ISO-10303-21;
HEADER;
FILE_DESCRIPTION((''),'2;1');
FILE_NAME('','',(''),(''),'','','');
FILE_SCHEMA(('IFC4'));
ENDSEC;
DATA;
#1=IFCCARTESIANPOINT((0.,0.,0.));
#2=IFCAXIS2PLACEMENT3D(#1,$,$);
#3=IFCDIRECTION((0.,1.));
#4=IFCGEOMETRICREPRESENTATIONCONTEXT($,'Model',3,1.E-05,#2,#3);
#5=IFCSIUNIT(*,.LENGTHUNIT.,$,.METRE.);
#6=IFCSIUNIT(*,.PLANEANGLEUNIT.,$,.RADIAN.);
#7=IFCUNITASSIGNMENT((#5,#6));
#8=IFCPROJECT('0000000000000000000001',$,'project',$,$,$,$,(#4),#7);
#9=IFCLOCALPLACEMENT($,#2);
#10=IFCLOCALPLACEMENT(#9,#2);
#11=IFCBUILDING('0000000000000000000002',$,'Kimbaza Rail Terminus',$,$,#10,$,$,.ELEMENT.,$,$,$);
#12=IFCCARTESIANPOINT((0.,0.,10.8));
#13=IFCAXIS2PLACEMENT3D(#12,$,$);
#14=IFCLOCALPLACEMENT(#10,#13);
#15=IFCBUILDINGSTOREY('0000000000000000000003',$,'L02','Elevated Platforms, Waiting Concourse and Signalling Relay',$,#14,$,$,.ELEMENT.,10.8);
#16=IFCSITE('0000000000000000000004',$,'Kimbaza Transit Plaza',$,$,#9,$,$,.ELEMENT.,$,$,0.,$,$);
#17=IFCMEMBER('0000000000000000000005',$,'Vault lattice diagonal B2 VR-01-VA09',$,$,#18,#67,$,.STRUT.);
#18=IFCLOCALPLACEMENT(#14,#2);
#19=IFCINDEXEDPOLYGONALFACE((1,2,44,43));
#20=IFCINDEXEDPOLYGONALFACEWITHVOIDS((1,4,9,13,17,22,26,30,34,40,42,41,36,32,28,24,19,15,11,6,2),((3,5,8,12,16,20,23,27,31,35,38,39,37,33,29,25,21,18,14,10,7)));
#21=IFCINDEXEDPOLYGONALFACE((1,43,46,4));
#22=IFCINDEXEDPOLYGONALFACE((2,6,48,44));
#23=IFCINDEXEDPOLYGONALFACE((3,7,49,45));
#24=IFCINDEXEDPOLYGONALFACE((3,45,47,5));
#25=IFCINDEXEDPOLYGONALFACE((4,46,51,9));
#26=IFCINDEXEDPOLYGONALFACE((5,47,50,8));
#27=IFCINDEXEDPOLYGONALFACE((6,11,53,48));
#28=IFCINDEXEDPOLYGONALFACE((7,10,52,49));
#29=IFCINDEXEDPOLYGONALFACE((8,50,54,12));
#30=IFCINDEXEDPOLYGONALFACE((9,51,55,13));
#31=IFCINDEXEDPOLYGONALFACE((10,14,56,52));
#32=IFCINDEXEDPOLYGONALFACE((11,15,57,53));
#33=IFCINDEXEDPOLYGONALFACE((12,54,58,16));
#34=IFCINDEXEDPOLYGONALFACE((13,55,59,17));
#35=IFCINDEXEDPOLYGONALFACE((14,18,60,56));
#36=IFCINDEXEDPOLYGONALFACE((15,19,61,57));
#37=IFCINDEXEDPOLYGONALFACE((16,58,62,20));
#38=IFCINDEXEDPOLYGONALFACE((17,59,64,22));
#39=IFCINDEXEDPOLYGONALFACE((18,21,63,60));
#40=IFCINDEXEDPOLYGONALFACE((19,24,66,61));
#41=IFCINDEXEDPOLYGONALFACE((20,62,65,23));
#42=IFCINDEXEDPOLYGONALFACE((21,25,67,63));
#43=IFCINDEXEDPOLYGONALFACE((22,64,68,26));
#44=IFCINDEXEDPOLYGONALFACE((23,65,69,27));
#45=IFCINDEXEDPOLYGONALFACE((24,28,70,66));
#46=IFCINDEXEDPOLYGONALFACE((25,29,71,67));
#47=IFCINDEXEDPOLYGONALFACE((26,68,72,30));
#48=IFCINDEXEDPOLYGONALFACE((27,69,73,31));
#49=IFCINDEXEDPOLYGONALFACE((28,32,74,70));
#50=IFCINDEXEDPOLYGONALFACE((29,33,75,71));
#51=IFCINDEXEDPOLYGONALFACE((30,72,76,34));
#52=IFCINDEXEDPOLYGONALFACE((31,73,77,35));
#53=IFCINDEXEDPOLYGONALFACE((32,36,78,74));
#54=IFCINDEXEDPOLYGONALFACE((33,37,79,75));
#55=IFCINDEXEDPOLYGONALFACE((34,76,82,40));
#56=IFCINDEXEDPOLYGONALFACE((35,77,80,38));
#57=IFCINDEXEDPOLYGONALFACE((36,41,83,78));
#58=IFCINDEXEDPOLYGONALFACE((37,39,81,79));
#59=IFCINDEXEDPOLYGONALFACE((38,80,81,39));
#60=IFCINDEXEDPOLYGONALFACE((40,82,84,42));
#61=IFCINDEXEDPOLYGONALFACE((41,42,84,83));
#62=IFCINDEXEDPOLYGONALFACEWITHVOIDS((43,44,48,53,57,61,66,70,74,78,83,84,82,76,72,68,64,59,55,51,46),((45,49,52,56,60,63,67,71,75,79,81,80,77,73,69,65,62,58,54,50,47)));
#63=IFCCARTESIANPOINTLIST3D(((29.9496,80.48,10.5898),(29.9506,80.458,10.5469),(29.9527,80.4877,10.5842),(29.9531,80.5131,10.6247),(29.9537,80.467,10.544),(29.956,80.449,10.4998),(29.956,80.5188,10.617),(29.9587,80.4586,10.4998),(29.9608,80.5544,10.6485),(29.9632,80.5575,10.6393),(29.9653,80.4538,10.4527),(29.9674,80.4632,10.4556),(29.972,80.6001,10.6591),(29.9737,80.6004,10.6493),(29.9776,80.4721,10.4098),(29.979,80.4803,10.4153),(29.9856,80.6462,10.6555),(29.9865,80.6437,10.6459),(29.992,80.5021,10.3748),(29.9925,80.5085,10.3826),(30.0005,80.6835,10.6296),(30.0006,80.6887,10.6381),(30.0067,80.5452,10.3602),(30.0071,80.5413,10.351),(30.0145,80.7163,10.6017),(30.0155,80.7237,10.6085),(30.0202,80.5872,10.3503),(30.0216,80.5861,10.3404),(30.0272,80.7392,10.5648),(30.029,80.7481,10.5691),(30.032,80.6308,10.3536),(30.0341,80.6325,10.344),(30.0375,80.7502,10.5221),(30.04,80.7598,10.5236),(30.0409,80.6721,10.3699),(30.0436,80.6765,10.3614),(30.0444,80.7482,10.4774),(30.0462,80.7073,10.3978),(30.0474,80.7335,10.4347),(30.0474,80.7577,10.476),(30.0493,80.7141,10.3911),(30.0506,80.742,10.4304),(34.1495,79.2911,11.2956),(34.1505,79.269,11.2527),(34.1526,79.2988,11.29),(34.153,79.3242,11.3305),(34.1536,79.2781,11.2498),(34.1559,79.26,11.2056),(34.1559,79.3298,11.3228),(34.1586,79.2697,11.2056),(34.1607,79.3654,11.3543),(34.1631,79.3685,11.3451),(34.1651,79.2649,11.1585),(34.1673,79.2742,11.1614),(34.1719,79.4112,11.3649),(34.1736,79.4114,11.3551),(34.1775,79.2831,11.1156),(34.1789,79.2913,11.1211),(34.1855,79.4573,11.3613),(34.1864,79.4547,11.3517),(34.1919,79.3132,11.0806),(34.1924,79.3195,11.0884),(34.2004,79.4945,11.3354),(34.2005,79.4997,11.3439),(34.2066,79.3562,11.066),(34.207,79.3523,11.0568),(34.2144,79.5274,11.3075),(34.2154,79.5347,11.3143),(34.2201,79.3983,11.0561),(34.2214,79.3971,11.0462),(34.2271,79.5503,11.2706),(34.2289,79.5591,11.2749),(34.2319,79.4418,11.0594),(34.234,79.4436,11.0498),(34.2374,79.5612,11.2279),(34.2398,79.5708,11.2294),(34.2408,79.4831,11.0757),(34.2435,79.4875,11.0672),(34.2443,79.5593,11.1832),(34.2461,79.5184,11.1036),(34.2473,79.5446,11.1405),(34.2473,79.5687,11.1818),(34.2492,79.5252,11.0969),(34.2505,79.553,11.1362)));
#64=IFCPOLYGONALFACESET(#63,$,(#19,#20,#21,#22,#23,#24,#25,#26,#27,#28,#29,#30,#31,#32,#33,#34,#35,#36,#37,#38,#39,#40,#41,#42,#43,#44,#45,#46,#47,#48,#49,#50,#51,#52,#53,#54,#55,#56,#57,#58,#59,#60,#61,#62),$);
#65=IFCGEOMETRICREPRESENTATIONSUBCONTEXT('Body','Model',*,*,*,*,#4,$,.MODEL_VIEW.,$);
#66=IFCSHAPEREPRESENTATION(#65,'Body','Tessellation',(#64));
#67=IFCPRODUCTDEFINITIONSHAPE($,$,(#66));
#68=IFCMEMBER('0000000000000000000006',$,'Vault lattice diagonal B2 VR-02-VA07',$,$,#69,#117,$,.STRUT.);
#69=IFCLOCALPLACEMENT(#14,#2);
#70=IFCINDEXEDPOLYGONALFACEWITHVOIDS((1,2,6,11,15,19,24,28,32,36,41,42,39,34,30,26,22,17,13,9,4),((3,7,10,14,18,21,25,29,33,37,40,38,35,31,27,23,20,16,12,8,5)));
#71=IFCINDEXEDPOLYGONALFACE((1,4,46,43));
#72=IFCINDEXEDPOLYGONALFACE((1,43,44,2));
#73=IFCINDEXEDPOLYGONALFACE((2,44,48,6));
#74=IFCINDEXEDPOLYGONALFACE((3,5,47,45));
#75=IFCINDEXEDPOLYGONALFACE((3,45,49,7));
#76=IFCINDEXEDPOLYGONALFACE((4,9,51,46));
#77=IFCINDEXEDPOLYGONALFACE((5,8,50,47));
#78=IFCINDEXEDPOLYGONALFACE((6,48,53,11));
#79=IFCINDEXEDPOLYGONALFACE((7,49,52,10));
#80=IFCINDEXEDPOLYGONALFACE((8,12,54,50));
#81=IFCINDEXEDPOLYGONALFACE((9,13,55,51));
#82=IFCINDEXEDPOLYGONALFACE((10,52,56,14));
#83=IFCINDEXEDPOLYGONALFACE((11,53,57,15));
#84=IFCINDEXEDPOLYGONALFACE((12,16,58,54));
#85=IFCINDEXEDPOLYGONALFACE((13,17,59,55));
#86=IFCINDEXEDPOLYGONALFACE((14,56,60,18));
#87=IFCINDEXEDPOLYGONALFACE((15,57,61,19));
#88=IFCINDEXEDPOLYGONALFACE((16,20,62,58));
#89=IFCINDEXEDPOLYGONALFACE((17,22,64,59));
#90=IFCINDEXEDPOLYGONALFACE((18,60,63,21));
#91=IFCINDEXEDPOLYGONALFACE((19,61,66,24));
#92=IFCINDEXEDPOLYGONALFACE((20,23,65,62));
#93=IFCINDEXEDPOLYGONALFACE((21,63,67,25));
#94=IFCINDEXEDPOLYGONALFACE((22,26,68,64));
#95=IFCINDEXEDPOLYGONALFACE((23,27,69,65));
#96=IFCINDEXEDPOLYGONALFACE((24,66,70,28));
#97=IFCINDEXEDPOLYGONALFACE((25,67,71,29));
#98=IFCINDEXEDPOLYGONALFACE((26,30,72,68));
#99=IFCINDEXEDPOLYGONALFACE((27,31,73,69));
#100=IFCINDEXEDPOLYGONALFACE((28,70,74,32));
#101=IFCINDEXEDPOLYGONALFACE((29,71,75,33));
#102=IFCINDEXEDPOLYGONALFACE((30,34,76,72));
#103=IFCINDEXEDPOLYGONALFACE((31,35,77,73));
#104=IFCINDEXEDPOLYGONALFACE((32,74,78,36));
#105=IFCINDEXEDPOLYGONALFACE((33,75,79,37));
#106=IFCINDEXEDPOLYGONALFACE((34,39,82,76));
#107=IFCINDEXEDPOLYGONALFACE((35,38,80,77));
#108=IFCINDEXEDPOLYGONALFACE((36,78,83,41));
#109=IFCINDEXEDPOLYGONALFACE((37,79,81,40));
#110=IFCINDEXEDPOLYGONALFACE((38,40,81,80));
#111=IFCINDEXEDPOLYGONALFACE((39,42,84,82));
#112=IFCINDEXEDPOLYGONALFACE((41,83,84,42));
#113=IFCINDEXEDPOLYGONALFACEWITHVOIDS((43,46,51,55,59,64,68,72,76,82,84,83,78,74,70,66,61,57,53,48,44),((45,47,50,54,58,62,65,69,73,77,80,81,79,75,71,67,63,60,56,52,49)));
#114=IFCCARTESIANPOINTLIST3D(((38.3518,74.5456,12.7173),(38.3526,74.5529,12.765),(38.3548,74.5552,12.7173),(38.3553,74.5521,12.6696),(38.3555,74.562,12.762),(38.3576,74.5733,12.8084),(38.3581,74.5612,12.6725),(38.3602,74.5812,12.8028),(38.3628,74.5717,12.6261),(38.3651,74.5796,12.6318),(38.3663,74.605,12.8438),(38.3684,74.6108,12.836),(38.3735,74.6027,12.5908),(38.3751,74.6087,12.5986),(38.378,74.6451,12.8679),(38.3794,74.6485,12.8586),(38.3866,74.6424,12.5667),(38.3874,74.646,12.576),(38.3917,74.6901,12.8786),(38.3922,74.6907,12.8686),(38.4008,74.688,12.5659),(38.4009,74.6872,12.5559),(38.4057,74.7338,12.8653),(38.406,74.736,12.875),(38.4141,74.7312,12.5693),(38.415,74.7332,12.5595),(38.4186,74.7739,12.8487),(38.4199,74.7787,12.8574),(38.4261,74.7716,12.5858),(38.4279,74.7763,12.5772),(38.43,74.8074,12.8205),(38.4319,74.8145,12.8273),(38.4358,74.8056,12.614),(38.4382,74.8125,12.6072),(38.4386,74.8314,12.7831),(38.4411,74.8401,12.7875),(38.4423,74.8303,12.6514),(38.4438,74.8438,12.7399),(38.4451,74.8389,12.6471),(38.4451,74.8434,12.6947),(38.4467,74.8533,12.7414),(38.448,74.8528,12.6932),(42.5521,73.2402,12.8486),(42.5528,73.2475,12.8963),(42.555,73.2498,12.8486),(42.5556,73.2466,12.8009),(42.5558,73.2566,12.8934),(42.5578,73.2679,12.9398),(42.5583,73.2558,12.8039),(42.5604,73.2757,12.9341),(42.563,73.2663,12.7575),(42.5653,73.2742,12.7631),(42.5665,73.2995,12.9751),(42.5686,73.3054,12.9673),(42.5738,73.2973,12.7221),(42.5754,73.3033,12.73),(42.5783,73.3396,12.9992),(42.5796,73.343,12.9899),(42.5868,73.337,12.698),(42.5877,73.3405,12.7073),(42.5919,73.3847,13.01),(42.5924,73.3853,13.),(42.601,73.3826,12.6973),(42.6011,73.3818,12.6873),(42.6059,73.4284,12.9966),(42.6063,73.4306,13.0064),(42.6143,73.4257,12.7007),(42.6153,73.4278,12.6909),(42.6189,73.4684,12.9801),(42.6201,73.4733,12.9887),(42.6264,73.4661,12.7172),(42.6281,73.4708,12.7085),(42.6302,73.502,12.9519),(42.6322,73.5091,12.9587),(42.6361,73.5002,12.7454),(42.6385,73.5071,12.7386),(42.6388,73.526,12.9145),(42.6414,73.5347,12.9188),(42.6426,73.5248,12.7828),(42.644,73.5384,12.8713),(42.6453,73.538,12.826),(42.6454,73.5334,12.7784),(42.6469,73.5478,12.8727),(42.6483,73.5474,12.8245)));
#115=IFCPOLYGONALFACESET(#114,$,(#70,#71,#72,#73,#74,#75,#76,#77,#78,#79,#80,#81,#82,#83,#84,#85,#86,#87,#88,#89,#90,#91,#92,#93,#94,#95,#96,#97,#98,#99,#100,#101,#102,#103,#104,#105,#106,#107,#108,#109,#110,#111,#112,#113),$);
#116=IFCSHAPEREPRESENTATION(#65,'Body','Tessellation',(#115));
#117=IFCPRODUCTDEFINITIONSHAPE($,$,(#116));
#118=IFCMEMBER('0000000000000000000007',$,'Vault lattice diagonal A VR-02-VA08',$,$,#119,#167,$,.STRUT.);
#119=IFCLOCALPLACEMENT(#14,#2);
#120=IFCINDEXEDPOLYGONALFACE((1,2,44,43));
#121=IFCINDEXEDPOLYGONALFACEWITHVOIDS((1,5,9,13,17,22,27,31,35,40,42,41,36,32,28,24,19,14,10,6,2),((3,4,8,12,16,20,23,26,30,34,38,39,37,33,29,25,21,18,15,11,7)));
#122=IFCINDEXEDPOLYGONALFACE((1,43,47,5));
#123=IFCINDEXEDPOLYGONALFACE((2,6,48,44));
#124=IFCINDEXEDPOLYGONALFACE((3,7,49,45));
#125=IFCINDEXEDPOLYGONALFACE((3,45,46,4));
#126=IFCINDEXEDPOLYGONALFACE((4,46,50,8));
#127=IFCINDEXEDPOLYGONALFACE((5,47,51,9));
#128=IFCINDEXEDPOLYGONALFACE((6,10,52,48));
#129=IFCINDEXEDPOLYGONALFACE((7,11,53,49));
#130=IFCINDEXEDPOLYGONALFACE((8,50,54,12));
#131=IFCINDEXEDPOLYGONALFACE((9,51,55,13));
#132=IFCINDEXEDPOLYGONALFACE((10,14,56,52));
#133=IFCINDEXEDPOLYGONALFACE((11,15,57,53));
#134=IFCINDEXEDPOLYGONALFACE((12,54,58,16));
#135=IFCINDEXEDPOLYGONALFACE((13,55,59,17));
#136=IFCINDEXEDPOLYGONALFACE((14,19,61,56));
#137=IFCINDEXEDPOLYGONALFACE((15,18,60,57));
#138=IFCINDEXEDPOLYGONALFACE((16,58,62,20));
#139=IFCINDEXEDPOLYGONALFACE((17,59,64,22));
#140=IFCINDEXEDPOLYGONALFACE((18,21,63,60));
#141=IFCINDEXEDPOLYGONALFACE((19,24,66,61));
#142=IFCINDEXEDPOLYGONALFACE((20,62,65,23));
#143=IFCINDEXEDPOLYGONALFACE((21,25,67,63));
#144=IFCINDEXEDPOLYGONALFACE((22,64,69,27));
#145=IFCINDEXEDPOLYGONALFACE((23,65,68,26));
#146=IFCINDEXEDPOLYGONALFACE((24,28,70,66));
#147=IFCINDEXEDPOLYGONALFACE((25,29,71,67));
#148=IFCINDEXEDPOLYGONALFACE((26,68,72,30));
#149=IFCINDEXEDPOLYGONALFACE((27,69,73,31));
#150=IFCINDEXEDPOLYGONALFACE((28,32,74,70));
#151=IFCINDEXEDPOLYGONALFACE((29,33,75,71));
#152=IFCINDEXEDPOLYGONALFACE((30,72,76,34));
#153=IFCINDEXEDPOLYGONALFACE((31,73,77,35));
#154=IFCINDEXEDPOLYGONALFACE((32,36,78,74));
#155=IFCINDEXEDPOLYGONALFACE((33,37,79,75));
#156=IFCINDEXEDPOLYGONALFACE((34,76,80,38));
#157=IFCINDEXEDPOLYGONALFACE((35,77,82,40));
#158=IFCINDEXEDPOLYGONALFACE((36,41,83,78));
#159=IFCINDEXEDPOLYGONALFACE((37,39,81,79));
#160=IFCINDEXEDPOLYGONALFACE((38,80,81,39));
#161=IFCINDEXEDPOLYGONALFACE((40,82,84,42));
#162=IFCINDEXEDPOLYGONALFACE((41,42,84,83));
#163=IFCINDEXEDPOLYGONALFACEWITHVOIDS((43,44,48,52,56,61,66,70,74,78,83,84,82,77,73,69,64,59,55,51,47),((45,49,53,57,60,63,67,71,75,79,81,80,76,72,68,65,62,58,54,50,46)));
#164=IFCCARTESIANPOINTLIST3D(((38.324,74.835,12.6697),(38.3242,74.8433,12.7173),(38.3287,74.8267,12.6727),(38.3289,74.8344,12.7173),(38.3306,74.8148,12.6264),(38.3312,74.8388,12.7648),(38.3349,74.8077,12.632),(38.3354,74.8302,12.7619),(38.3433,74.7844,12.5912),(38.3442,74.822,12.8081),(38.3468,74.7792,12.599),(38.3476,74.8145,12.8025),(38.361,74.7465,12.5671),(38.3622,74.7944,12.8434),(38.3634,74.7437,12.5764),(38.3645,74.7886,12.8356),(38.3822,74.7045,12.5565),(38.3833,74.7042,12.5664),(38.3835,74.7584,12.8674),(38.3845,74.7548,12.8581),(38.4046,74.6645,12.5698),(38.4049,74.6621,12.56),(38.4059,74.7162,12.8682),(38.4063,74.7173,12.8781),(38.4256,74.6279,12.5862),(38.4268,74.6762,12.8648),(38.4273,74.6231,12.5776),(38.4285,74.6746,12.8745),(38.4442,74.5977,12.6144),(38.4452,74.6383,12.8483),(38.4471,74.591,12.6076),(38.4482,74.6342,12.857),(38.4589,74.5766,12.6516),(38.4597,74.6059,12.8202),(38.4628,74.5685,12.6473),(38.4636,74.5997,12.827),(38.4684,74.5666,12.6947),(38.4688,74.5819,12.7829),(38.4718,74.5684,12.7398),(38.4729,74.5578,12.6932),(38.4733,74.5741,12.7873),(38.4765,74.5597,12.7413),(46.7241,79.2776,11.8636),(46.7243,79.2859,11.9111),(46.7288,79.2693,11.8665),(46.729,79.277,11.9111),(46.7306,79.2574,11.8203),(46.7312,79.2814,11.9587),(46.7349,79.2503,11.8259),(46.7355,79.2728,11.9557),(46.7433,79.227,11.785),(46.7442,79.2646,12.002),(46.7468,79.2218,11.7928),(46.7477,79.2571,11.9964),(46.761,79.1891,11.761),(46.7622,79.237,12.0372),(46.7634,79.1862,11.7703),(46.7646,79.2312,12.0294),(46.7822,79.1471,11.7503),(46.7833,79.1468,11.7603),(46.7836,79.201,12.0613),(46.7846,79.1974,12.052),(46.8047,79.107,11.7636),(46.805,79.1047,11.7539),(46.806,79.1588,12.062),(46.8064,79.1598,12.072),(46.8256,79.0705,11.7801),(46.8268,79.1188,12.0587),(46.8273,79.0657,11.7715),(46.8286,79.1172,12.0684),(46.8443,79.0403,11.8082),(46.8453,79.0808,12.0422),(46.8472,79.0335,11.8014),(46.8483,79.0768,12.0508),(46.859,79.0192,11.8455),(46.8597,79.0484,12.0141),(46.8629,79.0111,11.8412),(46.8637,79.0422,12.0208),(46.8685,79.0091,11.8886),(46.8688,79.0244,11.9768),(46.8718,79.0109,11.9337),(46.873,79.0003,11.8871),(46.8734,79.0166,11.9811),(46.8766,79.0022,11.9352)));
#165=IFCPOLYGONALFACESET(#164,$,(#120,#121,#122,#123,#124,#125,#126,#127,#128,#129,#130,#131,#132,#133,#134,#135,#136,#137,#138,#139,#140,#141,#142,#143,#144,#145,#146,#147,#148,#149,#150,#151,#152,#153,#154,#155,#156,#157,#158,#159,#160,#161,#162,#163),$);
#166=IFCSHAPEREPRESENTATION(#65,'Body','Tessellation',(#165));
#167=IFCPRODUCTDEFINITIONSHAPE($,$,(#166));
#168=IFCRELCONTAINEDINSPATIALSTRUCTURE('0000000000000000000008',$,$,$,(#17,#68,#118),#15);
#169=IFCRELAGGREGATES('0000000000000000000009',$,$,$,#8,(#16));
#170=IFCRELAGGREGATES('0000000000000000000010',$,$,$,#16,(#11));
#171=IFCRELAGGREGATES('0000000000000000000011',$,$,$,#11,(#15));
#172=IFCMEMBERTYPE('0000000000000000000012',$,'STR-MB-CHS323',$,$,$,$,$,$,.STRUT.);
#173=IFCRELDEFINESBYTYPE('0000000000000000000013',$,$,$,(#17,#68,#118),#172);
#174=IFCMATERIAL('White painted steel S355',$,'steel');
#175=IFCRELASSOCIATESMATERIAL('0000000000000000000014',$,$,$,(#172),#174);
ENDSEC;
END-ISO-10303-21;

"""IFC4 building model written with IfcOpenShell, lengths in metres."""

from ifc_helpers import new_model, si_unit, direction, frame, origin, origin_2d, place, context, subcontext, project, spatial, hollow_circle, extrude, material, material_profile, profile_set, type_object, element, save


model = new_model("IFC4")

# Units and contexts
model_context = context("Model", 3, precision=1e-05, world=origin(), true_north=direction((0.0, 1.0)))
body_context = subcontext(model_context, "Body", "Model", "MODEL_VIEW")
ifc_project = project(units=[si_unit("LENGTHUNIT", "METRE"), si_unit("PLANEANGLEUNIT", "RADIAN")], contexts=[model_context])

# Site, building, storey
site_placement = place(None, origin())
site = spatial("IfcSite", under=ifc_project, at=site_placement, Name="Kimbaza Transit Plaza", CompositionType="ELEMENT", RefElevation=0.0)
building_placement = place(site_placement, origin())
building = spatial("IfcBuilding", under=site, at=building_placement, Name="Kimbaza Rail Terminus", CompositionType="ELEMENT")
storey_placement = place(building_placement, frame((0.0, 0.0, 10.8)))
storey = spatial("IfcBuildingStorey", under=building, at=storey_placement, Name="L02", Description="Elevated Platforms, Waiting Concourse and Signalling Relay", CompositionType="ELEMENT", Elevation=10.8)

# Members
ifc_material_1 = material(Name="White painted steel S355", Category="steel")
ifc_material_profile_1 = material_profile(ifc_material_1, hollow_circle(Radius=0.1619, WallThickness=0.01, at=origin_2d()), Name="CHS 323.9x10")
ifc_profile_set_1 = profile_set([ifc_material_profile_1], Name="White painted steel S355")
member_type_1 = type_object("IfcMemberType", Name="STR-MB-CHS323", PredefinedType="STRUT", material=ifc_profile_set_1)
for number, where, z_axis, x_axis, name in (
    (1, (34.2, 79.4158, 11.2056), (-0.949851, 0.268893, -0.159624), (-0.272386, -0.962188, 0.0), "Vault lattice diagonal B2 VR-01-VA09"),
):
    element("IfcMember", number, at=place(storey_placement, frame(where, z_axis=z_axis, x_axis=x_axis)), inside=storey, type_object=member_type_1, Name=name, PredefinedType="STRUT", context=body_context, shape_type="SweptSolid", body=[
        extrude(hollow_circle(Radius=0.1619, WallThickness=0.01, at=origin_2d()), origin(), (0.0, 0.0, 1.0), 4.4216),
    ])
member_1_placement = place(storey_placement, frame((42.6001, 73.3948, 12.8486), z_axis=(-0.954516, 0.296663, -0.029849), x_axis=(-0.296796, -0.954941, 0.0)))
element("IfcMember", 2, at=member_1_placement, inside=storey, type_object=member_type_1, Name="Vault lattice diagonal B2 VR-02-VA07", PredefinedType="STRUT", context=body_context, shape_type="SweptSolid", body=[
    extrude(hollow_circle(Radius=0.1619, WallThickness=0.01, at=origin_2d()), origin(), (0.0, 0.0, 1.0), 4.4004),
])
member_2_placement = place(storey_placement, frame((38.3999, 74.7002, 12.7173), z_axis=(0.88082, 0.465844, -0.084531), x_axis=(-0.467517, 0.883984, 0.0)))
element("IfcMember", 3, at=member_2_placement, inside=storey, type_object=member_type_1, Name="Vault lattice diagonal A VR-02-VA08", PredefinedType="STRUT", context=body_context, shape_type="SweptSolid", body=[
    extrude(hollow_circle(Radius=0.1619, WallThickness=0.01, at=origin_2d()), origin(), (0.0, 0.0, 1.0), 9.5366),
])

save(model, "model.ifc")
